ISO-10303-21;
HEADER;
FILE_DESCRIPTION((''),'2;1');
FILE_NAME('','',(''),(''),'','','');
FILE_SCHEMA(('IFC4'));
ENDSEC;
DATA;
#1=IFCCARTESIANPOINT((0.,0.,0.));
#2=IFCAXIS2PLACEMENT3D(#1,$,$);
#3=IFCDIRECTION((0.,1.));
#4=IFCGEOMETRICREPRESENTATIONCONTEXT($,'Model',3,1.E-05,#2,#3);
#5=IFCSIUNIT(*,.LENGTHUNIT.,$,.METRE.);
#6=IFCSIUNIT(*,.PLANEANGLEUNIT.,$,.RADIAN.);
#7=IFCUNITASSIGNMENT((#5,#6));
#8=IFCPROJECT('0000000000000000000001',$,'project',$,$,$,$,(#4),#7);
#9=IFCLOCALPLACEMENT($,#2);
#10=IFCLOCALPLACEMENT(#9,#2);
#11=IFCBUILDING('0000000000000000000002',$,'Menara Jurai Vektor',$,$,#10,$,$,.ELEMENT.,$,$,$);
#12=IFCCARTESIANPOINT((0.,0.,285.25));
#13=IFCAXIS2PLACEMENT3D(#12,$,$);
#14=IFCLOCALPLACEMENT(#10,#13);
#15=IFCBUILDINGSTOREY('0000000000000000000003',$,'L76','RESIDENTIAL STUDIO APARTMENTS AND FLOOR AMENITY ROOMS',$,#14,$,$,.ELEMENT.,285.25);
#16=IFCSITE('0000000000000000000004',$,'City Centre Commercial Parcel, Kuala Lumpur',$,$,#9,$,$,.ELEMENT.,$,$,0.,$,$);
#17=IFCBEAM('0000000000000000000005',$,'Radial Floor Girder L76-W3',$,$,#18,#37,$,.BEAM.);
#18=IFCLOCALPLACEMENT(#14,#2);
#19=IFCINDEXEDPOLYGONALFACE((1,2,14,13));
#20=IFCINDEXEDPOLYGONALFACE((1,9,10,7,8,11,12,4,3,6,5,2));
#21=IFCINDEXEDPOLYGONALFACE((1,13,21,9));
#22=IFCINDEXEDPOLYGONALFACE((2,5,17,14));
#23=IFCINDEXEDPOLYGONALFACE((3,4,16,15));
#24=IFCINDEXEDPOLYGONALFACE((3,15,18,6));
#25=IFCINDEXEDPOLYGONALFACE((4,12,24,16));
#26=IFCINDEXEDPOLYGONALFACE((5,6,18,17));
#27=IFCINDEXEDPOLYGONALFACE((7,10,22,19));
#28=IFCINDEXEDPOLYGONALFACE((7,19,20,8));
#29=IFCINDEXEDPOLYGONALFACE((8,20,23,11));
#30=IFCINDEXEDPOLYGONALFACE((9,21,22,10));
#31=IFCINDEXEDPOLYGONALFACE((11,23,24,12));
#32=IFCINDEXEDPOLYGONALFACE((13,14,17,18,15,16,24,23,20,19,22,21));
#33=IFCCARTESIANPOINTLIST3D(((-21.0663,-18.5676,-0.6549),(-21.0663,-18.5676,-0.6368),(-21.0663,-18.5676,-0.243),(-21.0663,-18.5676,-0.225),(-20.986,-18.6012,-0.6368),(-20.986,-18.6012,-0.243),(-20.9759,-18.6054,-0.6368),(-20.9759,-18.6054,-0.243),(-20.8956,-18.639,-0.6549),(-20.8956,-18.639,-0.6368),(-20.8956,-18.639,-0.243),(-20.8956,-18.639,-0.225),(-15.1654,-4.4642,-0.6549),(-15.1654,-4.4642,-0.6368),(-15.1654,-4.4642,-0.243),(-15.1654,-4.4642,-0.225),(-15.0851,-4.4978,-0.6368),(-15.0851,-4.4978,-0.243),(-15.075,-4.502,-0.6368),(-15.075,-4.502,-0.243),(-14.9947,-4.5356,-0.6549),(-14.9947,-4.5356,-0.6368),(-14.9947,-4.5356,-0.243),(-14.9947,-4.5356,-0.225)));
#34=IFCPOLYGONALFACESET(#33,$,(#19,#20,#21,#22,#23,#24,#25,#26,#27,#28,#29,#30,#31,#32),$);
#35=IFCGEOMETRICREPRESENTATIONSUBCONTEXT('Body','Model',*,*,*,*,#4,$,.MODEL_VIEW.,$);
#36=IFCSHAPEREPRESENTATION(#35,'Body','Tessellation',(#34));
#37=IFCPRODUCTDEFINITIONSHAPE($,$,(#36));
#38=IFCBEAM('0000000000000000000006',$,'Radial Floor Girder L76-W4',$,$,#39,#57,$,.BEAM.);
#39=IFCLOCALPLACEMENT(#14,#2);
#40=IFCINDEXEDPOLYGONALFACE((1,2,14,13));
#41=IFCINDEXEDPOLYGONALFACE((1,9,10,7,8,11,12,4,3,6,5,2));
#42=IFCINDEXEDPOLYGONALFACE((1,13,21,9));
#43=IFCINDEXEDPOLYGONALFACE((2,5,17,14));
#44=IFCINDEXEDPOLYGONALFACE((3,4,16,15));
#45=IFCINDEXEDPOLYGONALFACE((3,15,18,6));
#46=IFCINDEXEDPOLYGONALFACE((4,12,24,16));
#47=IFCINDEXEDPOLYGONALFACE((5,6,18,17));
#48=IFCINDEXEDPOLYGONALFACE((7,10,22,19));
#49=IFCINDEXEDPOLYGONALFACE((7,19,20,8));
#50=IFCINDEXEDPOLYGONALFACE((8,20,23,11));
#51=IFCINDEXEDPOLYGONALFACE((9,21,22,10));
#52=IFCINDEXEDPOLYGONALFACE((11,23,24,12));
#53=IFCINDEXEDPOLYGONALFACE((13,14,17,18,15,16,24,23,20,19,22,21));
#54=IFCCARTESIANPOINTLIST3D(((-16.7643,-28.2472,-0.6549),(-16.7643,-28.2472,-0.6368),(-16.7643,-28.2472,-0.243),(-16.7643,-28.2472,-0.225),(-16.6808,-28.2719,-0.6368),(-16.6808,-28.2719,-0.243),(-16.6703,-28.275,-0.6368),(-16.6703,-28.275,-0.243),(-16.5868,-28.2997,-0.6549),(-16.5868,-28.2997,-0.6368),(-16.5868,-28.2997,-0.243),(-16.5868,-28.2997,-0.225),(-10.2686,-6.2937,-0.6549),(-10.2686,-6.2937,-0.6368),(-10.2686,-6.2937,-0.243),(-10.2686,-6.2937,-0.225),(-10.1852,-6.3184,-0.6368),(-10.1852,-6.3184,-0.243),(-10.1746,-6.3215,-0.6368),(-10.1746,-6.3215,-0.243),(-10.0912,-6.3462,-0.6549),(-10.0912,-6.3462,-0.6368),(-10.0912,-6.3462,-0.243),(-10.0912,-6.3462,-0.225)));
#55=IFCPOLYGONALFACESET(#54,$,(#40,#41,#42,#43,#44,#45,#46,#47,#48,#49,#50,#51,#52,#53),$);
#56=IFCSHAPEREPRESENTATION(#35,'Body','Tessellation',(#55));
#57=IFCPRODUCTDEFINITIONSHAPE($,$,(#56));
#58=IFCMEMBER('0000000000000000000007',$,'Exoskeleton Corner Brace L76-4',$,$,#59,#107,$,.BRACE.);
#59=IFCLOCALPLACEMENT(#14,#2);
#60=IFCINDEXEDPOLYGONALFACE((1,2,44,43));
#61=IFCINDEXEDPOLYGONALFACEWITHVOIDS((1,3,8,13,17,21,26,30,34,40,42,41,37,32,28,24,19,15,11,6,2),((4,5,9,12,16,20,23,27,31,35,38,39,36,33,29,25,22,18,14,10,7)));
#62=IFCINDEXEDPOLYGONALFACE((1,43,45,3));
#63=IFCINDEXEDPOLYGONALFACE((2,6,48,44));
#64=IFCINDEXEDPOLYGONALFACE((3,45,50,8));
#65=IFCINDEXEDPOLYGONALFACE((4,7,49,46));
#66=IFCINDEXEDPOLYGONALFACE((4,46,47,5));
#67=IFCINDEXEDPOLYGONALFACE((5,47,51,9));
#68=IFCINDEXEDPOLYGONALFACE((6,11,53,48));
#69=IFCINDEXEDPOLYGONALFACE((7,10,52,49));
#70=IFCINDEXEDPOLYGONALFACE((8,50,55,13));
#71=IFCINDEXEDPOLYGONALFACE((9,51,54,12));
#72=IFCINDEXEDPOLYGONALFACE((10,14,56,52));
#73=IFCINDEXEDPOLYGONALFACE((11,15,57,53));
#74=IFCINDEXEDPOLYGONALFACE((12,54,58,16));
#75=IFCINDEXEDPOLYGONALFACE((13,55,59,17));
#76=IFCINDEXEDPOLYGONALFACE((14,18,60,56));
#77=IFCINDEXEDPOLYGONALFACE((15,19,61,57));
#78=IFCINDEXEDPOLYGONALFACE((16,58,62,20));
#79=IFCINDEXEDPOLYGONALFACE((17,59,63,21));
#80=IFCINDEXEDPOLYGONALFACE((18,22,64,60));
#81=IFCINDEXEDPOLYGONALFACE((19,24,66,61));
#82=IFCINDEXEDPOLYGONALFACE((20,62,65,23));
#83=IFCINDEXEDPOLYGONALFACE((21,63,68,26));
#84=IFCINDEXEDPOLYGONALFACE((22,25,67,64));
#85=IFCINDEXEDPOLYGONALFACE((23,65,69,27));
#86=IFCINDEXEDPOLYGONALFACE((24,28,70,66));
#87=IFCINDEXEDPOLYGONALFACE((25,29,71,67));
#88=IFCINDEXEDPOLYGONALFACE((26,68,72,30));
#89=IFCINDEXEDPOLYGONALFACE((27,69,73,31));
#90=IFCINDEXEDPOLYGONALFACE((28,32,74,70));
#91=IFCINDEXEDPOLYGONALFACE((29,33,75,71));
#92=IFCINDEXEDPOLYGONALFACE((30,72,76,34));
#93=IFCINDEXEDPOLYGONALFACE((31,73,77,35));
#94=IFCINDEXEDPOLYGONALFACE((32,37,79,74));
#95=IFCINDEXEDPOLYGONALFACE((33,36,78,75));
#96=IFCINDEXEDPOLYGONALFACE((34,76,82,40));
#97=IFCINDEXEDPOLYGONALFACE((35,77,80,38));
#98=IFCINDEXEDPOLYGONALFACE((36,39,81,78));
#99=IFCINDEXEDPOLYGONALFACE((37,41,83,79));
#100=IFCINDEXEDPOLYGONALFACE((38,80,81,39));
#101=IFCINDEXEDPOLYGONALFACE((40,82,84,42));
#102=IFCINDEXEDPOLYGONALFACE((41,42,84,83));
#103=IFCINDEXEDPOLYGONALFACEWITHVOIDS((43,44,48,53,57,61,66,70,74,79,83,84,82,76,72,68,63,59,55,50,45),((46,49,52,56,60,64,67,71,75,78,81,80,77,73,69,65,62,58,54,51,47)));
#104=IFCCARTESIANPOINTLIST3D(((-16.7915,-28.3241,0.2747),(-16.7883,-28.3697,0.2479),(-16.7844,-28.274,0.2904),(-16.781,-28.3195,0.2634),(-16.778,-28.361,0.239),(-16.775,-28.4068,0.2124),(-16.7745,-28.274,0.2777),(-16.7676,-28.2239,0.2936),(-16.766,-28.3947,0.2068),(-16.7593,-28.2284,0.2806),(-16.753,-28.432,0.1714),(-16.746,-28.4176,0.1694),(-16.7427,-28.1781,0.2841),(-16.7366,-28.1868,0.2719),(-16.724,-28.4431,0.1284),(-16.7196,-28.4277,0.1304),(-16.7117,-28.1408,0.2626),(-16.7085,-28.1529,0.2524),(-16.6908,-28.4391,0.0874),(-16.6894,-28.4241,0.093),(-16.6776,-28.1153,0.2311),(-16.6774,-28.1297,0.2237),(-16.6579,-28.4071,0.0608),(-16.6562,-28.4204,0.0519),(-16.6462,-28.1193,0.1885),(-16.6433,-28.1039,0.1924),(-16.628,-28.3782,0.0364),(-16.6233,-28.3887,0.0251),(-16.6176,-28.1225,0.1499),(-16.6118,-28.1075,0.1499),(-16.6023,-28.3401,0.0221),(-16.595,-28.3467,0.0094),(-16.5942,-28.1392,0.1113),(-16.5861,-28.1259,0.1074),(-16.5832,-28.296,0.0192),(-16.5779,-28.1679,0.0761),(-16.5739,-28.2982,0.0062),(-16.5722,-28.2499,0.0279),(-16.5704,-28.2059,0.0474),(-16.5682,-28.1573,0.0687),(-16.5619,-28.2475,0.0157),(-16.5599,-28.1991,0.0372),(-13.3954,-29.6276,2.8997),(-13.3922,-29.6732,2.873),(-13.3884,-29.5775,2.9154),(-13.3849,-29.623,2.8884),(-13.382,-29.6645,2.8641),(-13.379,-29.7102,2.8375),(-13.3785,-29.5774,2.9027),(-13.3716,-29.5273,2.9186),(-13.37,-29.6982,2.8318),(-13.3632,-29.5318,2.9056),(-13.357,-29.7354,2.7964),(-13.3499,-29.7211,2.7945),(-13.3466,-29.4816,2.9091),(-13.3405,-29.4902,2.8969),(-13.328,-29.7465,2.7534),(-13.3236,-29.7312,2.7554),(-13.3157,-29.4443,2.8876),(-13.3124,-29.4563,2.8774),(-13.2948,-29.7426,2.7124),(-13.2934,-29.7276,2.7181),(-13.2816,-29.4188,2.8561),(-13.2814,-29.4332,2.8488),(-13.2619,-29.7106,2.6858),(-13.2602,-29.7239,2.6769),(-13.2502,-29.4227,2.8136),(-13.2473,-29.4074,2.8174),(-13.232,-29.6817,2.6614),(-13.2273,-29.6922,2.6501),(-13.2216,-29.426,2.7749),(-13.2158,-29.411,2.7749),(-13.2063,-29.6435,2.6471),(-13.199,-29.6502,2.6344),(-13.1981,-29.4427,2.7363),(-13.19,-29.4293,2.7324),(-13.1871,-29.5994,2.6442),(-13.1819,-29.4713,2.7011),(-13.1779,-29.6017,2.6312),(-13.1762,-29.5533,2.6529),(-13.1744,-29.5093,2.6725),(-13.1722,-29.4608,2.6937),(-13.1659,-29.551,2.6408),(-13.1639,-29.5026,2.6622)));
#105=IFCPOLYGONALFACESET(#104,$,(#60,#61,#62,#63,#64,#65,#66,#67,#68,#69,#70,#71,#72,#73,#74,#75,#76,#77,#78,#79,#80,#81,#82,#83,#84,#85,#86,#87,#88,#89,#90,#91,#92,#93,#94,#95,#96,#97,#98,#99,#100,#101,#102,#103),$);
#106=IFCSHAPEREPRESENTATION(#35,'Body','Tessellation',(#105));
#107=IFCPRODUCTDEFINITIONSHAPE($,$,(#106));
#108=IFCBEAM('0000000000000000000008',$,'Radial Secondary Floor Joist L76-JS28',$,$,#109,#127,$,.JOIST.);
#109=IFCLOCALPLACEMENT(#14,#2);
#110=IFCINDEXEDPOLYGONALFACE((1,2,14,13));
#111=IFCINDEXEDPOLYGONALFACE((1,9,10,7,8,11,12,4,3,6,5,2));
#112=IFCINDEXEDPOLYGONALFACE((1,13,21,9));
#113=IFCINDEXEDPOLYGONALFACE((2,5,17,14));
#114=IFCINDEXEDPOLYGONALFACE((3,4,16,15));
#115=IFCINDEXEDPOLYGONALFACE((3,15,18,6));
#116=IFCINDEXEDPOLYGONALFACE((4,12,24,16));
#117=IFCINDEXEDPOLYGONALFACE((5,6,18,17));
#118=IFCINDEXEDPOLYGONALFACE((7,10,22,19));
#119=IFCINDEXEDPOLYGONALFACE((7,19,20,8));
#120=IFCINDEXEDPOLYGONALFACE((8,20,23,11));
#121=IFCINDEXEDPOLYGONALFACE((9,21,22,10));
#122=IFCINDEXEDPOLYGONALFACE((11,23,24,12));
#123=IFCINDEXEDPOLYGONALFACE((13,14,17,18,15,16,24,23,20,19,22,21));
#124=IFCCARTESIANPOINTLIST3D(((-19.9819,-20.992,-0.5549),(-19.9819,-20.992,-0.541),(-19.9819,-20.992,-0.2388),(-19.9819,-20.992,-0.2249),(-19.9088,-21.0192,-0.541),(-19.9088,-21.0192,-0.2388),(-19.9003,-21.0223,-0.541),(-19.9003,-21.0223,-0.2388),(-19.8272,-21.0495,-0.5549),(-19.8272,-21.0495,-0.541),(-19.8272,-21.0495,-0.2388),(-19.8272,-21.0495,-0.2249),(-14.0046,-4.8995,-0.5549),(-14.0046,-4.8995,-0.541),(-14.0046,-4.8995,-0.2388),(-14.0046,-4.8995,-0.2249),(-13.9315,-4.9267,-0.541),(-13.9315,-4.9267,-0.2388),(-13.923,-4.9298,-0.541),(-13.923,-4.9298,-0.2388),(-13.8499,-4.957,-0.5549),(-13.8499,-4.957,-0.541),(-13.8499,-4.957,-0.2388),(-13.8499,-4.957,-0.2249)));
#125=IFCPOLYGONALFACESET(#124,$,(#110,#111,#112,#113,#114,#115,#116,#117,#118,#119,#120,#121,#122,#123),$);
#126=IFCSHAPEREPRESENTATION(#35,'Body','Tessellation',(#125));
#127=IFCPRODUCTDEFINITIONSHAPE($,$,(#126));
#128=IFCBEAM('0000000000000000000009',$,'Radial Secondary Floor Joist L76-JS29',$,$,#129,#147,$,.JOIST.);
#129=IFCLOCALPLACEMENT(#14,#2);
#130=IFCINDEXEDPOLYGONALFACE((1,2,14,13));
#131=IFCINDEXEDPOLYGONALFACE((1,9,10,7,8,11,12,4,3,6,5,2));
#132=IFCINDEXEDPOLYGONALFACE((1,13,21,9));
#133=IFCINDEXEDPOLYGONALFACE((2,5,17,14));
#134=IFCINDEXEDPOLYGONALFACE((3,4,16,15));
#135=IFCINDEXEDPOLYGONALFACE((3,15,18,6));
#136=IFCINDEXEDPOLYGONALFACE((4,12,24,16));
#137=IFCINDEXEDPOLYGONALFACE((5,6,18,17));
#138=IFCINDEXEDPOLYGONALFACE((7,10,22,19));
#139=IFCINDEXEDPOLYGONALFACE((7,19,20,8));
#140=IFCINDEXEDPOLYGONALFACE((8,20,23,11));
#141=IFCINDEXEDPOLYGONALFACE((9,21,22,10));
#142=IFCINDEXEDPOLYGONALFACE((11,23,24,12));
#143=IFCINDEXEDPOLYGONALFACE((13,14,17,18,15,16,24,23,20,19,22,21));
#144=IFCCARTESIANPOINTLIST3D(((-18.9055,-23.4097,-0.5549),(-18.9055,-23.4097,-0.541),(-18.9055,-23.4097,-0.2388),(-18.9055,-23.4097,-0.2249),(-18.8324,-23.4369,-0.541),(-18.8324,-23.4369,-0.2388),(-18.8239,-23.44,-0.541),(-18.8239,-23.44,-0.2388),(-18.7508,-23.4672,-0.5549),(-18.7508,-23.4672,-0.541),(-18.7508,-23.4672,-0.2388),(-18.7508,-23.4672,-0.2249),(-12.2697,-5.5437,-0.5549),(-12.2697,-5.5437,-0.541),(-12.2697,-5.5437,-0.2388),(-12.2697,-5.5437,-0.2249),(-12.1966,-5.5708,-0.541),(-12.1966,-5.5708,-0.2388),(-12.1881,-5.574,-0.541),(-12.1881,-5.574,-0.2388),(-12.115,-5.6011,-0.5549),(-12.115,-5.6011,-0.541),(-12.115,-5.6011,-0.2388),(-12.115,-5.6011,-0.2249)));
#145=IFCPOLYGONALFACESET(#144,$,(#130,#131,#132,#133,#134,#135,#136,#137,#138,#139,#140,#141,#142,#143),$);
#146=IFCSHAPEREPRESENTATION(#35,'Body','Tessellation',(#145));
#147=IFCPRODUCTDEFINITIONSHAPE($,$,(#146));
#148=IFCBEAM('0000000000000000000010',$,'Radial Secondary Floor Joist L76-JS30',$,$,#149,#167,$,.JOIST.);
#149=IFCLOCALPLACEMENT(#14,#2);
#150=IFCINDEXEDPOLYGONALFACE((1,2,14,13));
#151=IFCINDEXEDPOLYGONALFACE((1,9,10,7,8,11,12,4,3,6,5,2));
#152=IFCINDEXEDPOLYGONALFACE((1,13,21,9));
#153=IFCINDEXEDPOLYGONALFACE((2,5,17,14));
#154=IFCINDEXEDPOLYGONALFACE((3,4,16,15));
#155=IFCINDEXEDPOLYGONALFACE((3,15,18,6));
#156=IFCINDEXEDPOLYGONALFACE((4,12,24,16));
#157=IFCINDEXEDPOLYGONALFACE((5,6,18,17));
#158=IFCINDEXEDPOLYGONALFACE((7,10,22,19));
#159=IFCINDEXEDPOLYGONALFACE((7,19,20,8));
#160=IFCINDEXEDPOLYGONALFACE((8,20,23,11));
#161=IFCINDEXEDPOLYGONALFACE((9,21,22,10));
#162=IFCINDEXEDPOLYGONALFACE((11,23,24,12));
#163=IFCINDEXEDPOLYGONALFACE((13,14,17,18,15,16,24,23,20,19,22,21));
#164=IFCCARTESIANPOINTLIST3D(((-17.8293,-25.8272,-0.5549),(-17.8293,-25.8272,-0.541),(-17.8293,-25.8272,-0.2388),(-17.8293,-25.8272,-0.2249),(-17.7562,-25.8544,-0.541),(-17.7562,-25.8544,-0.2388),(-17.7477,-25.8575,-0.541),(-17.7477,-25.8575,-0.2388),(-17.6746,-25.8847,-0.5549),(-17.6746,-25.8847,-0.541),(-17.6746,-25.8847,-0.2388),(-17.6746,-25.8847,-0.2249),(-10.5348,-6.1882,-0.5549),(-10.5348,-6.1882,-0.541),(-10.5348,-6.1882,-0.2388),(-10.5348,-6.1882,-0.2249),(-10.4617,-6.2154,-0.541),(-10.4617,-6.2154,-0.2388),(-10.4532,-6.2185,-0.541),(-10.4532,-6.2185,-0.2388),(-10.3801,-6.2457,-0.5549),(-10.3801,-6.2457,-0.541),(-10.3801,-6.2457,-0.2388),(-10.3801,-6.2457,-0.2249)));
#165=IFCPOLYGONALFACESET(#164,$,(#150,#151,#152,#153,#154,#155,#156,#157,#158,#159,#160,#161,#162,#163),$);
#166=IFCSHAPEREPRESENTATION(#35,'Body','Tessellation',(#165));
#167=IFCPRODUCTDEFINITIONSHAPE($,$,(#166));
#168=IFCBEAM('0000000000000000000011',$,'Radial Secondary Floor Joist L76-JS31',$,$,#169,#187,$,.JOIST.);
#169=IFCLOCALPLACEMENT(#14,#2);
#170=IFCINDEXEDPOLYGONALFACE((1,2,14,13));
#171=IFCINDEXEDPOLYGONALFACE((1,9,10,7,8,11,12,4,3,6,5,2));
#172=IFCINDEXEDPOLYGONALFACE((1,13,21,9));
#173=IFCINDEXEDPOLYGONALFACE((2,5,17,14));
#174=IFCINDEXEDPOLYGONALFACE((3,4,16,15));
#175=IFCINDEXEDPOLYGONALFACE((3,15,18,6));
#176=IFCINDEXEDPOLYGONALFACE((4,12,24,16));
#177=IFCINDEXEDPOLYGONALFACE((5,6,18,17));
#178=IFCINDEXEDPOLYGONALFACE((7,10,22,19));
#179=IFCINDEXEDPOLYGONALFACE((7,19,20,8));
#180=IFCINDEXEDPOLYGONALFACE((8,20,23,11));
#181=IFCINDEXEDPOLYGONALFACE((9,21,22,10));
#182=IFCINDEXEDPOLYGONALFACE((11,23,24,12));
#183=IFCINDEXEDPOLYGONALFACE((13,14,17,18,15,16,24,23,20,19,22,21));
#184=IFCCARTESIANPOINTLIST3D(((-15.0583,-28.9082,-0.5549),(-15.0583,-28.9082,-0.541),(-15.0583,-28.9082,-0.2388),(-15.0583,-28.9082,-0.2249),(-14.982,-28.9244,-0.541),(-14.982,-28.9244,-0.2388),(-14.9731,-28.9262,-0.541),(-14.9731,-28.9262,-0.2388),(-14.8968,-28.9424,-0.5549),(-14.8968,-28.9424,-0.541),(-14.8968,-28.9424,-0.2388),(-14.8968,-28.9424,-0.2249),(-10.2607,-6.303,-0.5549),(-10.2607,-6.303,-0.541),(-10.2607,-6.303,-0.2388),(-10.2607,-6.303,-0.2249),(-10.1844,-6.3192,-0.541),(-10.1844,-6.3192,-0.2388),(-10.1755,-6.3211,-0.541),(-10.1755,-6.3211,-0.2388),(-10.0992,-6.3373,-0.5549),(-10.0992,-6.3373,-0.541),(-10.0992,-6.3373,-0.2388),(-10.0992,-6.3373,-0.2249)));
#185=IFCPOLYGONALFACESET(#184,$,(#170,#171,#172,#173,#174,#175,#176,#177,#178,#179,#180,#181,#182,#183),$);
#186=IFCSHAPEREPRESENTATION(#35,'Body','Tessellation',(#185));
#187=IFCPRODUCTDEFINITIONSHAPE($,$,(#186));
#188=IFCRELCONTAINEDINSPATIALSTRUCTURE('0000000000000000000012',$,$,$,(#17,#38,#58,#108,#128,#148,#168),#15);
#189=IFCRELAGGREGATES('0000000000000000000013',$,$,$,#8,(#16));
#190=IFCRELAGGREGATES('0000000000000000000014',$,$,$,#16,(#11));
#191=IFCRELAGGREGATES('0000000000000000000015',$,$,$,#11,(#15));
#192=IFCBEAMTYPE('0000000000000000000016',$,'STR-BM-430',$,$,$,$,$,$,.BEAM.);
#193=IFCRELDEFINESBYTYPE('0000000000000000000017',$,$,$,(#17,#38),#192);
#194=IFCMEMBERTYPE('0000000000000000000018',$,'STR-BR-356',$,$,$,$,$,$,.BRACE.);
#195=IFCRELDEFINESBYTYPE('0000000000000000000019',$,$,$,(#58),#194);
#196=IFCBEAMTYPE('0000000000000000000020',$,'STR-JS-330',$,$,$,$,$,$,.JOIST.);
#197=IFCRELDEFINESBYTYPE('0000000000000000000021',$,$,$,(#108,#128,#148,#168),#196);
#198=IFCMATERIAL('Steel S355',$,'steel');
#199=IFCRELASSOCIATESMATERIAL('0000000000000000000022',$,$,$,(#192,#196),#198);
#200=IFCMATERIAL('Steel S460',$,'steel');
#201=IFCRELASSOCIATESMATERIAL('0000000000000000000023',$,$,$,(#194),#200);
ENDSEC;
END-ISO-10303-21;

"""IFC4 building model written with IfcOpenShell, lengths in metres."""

from ifc_helpers import new_model, si_unit, direction, frame, origin, origin_2d, place, context, subcontext, project, spatial, hollow_circle, i_section, extrude, material, material_profile, profile_set, type_object, element, save


model = new_model("IFC4")

# Units and contexts
model_context = context("Model", 3, precision=1e-05, world=origin(), true_north=direction((0.0, 1.0)))
body_context = subcontext(model_context, "Body", "Model", "MODEL_VIEW")
ifc_project = project(units=[si_unit("LENGTHUNIT", "METRE"), si_unit("PLANEANGLEUNIT", "RADIAN")], contexts=[model_context])

# Site, building, storey
site_placement = place(None, origin())
site = spatial("IfcSite", under=ifc_project, at=site_placement, Name="City Centre Commercial Parcel, Kuala Lumpur", CompositionType="ELEMENT", RefElevation=0.0)
building_placement = place(site_placement, origin())
building = spatial("IfcBuilding", under=site, at=building_placement, Name="Menara Jurai Vektor", CompositionType="ELEMENT")
storey_placement = place(building_placement, frame((0.0, 0.0, 285.25)))
storey = spatial("IfcBuildingStorey", under=building, at=storey_placement, Name="L76", Description="RESIDENTIAL STUDIO APARTMENTS AND FLOOR AMENITY ROOMS", CompositionType="ELEMENT", Elevation=285.25)

# Shared definitions
ifc_material_1 = material(Name="Steel S460", Category="steel")

# Beams
ifc_material_2 = material(Name="Steel S355", Category="steel")
ifc_material_profile_1 = material_profile(ifc_material_2, i_section(OverallWidth=0.1851, OverallDepth=0.4299, WebThickness=0.011, FlangeThickness=0.0181, at=origin_2d()), Name="PG 430x185x76")
ifc_profile_set_1 = profile_set([ifc_material_profile_1], Name="Steel S355")
beam_type_1 = type_object("IfcBeamType", Name="STR-BM-430", PredefinedType="BEAM", material=ifc_profile_set_1)
beam_1_placement = place(storey_placement, frame((-20.981, -18.6033, -0.4399), z_axis=(0.385981, 0.922507, 0.0), x_axis=(-0.922507, 0.385981, 0.0)))
element("IfcBeam", 1, at=beam_1_placement, inside=storey, type_object=beam_type_1, Name="Radial Floor Girder L76-W3", PredefinedType="BEAM", context=body_context, shape_type="SweptSolid", body=[
    extrude(i_section(OverallWidth=0.1851, OverallDepth=0.4299, WebThickness=0.011, FlangeThickness=0.0181, at=origin_2d()), origin(), (0.0, 0.0, 1.0), 15.2881),
])
beam_2_placement = place(storey_placement, frame((-16.6755, -28.2734, -0.4399), z_axis=(0.283723, 0.958906, 0.0), x_axis=(-0.958906, 0.283723, 0.0)))
element("IfcBeam", 2, at=beam_2_placement, inside=storey, type_object=beam_type_1, Name="Radial Floor Girder L76-W4", PredefinedType="BEAM", context=body_context, shape_type="SweptSolid", body=[
    extrude(i_section(OverallWidth=0.1851, OverallDepth=0.4299, WebThickness=0.011, FlangeThickness=0.0181, at=origin_2d()), origin(), (0.0, 0.0, 1.0), 22.8943),
])

# Member
ifc_material_profile_2 = material_profile(ifc_material_1, hollow_circle(Radius=0.1777, WallThickness=0.0161, at=origin_2d()), Name="CHS 355.6x16")
ifc_profile_set_2 = profile_set([ifc_material_profile_2], Name="Steel S460")
member_type_1 = type_object("IfcMemberType", Name="STR-BR-356", PredefinedType="BRACE", material=ifc_profile_set_2)
member_1_placement = place(storey_placement, frame((-16.6755, -28.2734, 0.1499), z_axis=(0.757054, -0.290576, 0.585179), x_axis=(0.358336, 0.933593, 0.0)))
element("IfcMember", 3, at=member_1_placement, inside=storey, type_object=member_type_1, Name="Exoskeleton Corner Brace L76-4", PredefinedType="BRACE", context=body_context, shape_type="SweptSolid", body=[
    extrude(hollow_circle(Radius=0.1777, WallThickness=0.0161, at=origin_2d()), origin(), (0.0, 0.0, 1.0), 4.4858),
])

# Beams
ifc_material_profile_3 = material_profile(ifc_material_2, i_section(OverallWidth=0.165, OverallDepth=0.3301, WebThickness=0.009, FlangeThickness=0.0139, at=origin_2d()), Name="PG 330x165x46")
ifc_profile_set_3 = profile_set([ifc_material_profile_3], Name="Steel S355")
beam_type_2 = type_object("IfcBeamType", Name="STR-JS-330", PredefinedType="JOIST", material=ifc_profile_set_3)
beam_3_placement = place(storey_placement, frame((-19.9045, -21.0208, -0.3899), z_axis=(0.34819, 0.937424, 0.0), x_axis=(-0.937424, 0.34819, 0.0)))
element("IfcBeam", 4, at=beam_3_placement, inside=storey, type_object=beam_type_2, Name="Radial Secondary Floor Joist L76-JS28", PredefinedType="JOIST", context=body_context, shape_type="SweptSolid", body=[
    extrude(i_section(OverallWidth=0.165, OverallDepth=0.3301, WebThickness=0.009, FlangeThickness=0.0139, at=origin_2d()), origin(), (0.0, 0.0, 1.0), 17.1667),
])
beam_4_placement = place(storey_placement, frame((-18.8281, -23.4385, -0.3899), z_axis=(0.348178, 0.937428, 0.0), x_axis=(-0.937428, 0.348178, 0.0)))
element("IfcBeam", 5, at=beam_4_placement, inside=storey, type_object=beam_type_2, Name="Radial Secondary Floor Joist L76-JS29", PredefinedType="JOIST", context=body_context, shape_type="SweptSolid", body=[
    extrude(i_section(OverallWidth=0.165, OverallDepth=0.3301, WebThickness=0.009, FlangeThickness=0.0139, at=origin_2d()), origin(), (0.0, 0.0, 1.0), 19.0586),
])
beam_5_placement = place(storey_placement, frame((-17.752, -25.856, -0.3899), z_axis=(0.348186, 0.937426, 0.0), x_axis=(-0.937426, 0.348186, 0.0)))
element("IfcBeam", 6, at=beam_5_placement, inside=storey, type_object=beam_type_2, Name="Radial Secondary Floor Joist L76-JS30", PredefinedType="JOIST", context=body_context, shape_type="SweptSolid", body=[
    extrude(i_section(OverallWidth=0.165, OverallDepth=0.3301, WebThickness=0.009, FlangeThickness=0.0139, at=origin_2d()), origin(), (0.0, 0.0, 1.0), 20.95),
])
beam_6_placement = place(storey_placement, frame((-14.9775, -28.9253, -0.3899), z_axis=(0.20761, 0.978212, 0.0), x_axis=(-0.978212, 0.20761, 0.0)))
element("IfcBeam", 7, at=beam_6_placement, inside=storey, type_object=beam_type_2, Name="Radial Secondary Floor Joist L76-JS31", PredefinedType="JOIST", context=body_context, shape_type="SweptSolid", body=[
    extrude(i_section(OverallWidth=0.165, OverallDepth=0.3301, WebThickness=0.009, FlangeThickness=0.0139, at=origin_2d()), origin(), (0.0, 0.0, 1.0), 23.1086),
])

save(model, "model.ifc")
